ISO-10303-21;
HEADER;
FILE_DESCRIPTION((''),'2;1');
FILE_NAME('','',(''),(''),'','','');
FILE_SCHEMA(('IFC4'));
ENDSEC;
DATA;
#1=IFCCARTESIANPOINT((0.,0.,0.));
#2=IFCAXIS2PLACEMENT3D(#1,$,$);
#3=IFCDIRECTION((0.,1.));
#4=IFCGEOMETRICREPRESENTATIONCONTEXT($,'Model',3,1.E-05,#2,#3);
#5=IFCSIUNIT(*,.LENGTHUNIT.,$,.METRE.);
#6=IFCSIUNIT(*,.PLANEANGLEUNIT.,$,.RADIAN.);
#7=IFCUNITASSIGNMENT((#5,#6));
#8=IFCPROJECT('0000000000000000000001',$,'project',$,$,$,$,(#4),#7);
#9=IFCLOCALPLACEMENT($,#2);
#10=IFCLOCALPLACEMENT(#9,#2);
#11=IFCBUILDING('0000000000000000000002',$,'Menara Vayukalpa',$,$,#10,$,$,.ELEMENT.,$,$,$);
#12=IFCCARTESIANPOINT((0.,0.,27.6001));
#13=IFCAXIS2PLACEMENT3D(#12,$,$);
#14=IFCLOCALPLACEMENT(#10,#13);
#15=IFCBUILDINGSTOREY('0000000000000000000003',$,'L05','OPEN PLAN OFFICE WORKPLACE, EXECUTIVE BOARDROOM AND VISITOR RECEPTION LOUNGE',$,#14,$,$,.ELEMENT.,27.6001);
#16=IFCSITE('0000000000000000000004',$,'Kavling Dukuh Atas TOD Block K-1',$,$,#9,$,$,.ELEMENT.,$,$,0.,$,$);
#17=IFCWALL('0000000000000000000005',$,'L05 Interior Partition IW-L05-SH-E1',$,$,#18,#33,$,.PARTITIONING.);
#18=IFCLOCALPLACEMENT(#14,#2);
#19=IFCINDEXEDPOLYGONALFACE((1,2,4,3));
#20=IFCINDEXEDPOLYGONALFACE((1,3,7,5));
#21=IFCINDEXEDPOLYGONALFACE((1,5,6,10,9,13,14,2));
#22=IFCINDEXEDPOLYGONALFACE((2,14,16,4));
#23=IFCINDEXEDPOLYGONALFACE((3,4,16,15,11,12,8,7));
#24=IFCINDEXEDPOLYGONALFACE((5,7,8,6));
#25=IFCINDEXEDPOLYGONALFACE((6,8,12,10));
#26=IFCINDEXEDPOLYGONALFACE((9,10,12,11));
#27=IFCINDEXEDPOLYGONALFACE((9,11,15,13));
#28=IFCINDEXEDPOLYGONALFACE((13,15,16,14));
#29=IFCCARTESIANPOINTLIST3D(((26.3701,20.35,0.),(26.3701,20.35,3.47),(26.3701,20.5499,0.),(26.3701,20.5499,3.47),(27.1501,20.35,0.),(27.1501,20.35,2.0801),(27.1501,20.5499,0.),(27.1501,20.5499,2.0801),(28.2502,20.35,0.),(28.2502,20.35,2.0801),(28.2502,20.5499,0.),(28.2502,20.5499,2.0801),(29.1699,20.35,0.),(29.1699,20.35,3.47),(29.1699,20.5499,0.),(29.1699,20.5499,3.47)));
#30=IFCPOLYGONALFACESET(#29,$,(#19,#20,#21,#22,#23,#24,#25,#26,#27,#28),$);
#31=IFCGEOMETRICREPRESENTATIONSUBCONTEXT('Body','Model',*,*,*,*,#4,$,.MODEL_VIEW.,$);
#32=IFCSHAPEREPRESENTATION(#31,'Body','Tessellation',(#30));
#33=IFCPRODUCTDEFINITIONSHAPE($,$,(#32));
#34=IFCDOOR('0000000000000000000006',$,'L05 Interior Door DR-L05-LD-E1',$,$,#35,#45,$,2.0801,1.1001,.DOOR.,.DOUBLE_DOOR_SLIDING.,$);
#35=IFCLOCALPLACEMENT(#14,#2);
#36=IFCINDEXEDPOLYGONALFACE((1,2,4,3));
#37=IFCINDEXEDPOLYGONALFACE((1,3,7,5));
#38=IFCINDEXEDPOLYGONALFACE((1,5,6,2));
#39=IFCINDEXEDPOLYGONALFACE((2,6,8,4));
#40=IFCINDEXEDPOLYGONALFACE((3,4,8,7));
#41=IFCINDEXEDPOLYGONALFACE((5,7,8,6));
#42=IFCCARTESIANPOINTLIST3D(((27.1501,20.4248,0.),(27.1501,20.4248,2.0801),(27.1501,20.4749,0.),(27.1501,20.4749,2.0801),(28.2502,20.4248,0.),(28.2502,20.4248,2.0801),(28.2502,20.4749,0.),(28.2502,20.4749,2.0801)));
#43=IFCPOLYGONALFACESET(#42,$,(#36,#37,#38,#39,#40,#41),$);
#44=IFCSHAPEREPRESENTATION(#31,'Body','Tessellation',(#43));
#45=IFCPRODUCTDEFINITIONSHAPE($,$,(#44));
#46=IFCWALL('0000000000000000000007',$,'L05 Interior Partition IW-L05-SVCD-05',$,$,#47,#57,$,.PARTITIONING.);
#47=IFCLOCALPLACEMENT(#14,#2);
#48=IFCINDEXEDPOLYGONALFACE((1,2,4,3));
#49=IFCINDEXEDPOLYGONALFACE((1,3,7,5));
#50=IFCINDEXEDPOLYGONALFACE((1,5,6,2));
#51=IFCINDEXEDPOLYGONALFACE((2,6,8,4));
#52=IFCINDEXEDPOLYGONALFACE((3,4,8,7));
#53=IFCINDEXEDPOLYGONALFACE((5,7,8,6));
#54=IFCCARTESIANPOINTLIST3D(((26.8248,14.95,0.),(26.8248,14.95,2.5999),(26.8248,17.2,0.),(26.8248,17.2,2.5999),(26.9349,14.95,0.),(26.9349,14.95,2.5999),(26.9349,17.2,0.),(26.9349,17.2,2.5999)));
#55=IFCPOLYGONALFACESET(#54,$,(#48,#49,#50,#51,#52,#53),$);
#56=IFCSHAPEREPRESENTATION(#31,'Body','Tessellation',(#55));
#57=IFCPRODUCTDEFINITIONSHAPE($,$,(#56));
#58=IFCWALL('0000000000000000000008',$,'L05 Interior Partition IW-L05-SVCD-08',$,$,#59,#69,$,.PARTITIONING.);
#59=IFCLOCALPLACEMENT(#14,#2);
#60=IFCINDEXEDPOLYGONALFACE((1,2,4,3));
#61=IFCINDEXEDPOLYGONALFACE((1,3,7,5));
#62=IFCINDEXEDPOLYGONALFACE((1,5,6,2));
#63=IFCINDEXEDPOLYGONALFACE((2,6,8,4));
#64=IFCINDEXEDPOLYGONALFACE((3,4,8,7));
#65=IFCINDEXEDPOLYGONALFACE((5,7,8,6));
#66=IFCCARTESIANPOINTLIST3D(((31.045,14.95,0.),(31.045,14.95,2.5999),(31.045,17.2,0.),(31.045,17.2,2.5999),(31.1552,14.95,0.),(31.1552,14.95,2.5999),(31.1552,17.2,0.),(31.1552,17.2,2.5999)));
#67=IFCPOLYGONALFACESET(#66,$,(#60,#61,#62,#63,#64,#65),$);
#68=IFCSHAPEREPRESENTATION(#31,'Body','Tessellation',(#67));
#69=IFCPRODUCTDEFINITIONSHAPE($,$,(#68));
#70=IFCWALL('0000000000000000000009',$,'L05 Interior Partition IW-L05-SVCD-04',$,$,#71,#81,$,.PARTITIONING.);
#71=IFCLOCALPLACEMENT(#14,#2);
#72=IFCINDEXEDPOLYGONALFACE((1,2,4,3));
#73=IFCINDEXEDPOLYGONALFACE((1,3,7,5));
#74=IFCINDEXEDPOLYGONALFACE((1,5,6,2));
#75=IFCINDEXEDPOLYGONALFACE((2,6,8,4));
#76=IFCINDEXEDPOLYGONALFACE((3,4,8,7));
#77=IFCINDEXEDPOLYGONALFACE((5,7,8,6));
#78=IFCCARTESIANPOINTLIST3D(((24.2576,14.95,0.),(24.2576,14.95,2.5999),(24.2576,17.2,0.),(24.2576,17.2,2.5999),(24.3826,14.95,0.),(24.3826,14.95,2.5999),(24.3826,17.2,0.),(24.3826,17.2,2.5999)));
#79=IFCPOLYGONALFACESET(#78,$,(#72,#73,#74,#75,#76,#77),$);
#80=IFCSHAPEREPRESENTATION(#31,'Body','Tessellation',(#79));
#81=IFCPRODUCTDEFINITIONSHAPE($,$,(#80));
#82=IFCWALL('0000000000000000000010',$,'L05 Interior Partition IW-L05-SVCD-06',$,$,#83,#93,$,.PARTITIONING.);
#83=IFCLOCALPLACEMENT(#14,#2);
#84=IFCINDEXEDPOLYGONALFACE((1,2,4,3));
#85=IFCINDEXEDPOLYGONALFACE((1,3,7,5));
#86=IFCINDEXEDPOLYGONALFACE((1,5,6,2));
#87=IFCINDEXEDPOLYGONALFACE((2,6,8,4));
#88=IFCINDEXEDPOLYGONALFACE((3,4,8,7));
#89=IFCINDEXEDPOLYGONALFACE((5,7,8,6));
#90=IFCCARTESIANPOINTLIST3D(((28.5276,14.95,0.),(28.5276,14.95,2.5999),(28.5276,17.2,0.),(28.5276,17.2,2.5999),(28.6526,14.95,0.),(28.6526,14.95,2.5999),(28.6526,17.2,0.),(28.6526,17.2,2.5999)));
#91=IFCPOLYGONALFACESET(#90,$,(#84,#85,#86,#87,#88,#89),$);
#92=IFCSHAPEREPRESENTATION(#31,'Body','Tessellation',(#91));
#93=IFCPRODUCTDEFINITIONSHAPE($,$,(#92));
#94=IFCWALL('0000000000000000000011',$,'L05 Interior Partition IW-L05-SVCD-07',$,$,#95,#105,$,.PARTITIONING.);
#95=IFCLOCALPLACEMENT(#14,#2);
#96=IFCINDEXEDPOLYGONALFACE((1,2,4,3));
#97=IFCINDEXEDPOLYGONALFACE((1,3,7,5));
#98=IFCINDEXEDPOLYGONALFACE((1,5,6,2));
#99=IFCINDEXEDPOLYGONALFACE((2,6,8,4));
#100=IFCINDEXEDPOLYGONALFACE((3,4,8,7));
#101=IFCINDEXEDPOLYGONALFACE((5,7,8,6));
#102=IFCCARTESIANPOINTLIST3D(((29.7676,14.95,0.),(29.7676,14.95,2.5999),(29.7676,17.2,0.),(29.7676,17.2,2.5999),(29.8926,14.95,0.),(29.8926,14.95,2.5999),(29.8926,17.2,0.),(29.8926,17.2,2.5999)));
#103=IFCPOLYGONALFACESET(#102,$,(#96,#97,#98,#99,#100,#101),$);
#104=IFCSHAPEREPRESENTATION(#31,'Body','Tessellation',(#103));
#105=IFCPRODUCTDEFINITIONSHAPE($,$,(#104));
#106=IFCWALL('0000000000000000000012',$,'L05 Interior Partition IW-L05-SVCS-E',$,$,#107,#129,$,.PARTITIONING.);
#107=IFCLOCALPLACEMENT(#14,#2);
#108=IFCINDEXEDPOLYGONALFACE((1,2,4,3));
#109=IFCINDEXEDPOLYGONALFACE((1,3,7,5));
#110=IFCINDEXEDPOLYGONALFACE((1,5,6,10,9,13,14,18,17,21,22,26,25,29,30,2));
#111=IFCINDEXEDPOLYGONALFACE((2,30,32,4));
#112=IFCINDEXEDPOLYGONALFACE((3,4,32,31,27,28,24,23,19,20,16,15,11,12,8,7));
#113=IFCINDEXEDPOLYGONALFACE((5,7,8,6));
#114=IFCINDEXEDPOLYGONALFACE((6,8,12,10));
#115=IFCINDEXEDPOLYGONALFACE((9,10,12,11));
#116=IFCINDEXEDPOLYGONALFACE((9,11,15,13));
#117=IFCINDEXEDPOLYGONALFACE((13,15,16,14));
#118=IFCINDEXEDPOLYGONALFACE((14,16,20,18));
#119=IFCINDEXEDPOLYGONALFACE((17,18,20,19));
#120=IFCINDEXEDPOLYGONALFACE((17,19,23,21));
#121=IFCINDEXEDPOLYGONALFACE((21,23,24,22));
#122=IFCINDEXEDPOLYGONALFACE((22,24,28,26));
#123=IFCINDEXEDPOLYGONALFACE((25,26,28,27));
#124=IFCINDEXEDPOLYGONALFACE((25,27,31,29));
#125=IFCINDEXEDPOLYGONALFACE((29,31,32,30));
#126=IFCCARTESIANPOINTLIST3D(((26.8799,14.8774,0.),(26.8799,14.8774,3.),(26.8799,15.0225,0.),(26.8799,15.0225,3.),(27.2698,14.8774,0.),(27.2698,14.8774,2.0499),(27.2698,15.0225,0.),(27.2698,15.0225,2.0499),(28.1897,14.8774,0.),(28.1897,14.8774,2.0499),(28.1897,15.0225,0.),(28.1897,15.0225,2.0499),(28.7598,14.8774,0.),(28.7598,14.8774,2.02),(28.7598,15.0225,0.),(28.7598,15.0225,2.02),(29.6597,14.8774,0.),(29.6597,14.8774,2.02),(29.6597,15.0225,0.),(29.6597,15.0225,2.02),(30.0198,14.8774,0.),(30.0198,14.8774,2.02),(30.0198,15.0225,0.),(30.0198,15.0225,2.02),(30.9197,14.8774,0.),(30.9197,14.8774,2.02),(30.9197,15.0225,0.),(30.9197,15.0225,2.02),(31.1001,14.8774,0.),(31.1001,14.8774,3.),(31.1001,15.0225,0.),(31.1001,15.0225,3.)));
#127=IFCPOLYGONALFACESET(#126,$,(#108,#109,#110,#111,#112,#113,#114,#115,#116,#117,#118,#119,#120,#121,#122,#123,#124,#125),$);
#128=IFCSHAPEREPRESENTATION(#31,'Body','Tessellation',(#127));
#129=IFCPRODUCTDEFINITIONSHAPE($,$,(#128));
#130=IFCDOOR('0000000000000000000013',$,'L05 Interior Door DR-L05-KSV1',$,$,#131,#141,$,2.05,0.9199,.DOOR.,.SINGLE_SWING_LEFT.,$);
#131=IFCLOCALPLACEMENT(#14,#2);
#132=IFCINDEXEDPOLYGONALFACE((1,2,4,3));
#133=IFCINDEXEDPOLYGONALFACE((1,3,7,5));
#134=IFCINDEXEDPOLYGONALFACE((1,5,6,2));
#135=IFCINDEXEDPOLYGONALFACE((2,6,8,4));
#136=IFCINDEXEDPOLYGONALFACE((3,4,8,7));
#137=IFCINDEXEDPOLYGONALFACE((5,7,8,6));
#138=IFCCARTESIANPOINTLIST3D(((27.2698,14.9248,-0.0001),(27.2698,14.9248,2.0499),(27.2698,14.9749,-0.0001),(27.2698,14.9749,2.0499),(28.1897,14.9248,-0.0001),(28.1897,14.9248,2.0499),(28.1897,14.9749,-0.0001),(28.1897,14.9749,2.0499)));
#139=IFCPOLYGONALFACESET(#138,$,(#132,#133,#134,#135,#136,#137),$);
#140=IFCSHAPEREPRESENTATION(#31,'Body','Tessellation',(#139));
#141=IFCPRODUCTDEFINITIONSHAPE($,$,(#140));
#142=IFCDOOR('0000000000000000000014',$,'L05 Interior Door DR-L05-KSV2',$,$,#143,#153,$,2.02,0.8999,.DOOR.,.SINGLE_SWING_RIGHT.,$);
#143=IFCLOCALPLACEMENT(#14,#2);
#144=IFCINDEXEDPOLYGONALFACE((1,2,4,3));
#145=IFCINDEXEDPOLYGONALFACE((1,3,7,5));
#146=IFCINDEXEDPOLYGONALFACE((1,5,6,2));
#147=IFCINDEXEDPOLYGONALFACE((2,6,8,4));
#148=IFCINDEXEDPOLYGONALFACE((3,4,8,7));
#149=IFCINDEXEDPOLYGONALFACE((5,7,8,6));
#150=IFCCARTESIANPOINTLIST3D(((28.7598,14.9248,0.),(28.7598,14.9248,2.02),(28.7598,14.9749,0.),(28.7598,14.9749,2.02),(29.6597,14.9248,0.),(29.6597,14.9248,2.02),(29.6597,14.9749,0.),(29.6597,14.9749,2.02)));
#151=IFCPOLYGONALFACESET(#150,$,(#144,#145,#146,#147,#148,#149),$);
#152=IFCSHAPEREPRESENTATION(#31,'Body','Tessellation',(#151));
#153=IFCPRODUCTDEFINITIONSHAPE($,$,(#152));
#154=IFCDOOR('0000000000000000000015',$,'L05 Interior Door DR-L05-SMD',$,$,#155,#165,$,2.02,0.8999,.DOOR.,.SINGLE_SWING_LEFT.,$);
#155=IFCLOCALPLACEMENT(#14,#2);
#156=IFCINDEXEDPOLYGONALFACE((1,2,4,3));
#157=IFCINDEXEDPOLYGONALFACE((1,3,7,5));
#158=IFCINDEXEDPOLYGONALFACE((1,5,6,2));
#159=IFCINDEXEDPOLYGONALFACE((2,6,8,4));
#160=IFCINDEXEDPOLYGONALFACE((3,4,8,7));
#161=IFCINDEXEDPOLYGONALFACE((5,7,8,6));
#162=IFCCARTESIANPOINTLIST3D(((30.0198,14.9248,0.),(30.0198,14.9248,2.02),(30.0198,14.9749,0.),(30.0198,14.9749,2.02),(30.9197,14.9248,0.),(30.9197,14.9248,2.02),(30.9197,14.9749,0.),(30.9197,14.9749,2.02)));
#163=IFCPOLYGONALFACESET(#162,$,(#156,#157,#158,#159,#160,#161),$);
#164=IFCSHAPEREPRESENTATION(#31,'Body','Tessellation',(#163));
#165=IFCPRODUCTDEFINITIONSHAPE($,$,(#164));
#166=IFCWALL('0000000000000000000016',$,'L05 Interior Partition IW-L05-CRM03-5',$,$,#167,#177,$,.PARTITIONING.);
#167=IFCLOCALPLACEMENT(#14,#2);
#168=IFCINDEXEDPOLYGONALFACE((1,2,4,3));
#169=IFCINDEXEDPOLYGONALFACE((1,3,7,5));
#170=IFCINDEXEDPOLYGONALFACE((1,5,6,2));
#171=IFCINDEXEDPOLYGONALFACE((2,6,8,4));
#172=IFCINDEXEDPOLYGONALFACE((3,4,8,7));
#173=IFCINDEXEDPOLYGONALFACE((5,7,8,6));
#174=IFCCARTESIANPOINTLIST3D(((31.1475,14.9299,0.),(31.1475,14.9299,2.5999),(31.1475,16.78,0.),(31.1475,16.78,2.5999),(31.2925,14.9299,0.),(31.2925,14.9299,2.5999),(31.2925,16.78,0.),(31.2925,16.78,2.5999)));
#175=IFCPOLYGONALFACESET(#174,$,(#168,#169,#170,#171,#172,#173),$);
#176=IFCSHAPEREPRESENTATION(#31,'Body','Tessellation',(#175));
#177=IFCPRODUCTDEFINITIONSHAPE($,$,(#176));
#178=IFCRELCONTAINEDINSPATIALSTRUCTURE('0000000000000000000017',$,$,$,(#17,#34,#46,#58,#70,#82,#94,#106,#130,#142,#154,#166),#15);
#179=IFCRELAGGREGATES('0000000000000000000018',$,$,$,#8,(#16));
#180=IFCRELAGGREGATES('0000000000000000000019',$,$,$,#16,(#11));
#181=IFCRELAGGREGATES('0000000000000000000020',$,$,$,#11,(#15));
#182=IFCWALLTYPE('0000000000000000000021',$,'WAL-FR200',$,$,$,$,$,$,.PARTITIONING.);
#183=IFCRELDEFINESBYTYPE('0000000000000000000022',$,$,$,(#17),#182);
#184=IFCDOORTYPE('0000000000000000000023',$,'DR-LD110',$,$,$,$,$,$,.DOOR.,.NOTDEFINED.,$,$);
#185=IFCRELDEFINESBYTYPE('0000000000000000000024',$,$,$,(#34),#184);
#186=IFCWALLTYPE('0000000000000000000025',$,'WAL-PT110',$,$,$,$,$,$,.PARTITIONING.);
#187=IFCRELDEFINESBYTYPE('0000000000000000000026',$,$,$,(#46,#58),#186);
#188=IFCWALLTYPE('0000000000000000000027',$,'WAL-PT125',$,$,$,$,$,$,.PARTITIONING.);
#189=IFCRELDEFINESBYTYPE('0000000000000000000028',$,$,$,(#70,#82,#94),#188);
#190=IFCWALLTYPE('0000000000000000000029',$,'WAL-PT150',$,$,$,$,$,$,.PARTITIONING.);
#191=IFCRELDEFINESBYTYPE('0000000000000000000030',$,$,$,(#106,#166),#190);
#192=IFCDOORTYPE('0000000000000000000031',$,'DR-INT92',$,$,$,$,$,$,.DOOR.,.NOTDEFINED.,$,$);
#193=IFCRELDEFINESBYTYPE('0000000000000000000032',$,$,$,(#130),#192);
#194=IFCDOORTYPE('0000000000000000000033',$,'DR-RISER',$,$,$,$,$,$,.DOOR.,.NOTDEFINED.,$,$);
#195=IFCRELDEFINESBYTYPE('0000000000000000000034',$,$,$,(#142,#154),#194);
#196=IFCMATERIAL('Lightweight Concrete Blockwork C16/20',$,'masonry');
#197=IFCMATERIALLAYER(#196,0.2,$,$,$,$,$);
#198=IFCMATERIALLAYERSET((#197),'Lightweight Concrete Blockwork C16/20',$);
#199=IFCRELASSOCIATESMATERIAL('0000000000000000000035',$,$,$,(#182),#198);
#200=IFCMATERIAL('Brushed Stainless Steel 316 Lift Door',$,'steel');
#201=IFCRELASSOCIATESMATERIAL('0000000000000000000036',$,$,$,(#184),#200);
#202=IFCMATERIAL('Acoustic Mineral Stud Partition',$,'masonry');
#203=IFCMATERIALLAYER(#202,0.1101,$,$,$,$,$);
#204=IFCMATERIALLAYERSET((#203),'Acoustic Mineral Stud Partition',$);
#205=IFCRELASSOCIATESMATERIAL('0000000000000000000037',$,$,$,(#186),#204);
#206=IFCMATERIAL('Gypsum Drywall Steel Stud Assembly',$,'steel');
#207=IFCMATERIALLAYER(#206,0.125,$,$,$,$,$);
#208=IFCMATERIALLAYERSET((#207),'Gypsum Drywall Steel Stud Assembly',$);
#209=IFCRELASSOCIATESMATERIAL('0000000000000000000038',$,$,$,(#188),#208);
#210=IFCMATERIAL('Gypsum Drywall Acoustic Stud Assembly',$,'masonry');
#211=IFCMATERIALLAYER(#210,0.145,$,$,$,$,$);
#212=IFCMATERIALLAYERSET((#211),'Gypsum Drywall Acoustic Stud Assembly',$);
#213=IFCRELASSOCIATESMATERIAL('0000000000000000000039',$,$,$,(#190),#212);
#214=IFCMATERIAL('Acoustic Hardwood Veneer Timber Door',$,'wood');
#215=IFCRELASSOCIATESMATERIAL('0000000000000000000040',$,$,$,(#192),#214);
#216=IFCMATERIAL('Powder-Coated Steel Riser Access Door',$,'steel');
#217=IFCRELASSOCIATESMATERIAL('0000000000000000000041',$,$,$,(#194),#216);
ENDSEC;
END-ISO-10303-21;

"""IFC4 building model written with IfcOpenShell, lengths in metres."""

from ifc_helpers import new_model, si_unit, direction, frame, frame_2d, origin, place, context, subcontext, project, spatial, rectangle, extrude, material, layer, layer_set, type_object, element, fill, save


model = new_model("IFC4")

# Units and contexts
model_context = context("Model", 3, precision=1e-05, world=origin(), true_north=direction((0.0, 1.0)))
body_context = subcontext(model_context, "Body", "Model", "MODEL_VIEW")
ifc_project = project(units=[si_unit("LENGTHUNIT", "METRE"), si_unit("PLANEANGLEUNIT", "RADIAN")], contexts=[model_context])

# Site, building, storey
site_placement = place(None, origin())
site = spatial("IfcSite", under=ifc_project, at=site_placement, Name="Kavling Dukuh Atas TOD Block K-1", CompositionType="ELEMENT", RefElevation=0.0)
building_placement = place(site_placement, origin())
building = spatial("IfcBuilding", under=site, at=building_placement, Name="Menara Vayukalpa", CompositionType="ELEMENT")
storey_placement = place(building_placement, frame((0.0, 0.0, 27.6001)))
storey = spatial("IfcBuildingStorey", under=building, at=storey_placement, Name="L05", Description="OPEN PLAN OFFICE WORKPLACE, EXECUTIVE BOARDROOM AND VISITOR RECEPTION LOUNGE", CompositionType="ELEMENT", Elevation=27.6001)

# Wall, opening, door
ifc_material_1 = material(Name="Lightweight Concrete Blockwork C16/20", Category="masonry")
ifc_layer_1 = layer(ifc_material_1, 0.2)
ifc_layer_set_1 = layer_set([ifc_layer_1], Name="Lightweight Concrete Blockwork C16/20")
wall_type_1 = type_object("IfcWallType", Name="WAL-FR200", PredefinedType="PARTITIONING", material=ifc_layer_set_1)
wall_1_placement = place(storey_placement, frame((26.3701, 20.45, 0.0), z_axis=(0.0, 0.0, 1.0), x_axis=(1.0, 0.0, 0.0)))
wall_1 = element("IfcWall", 1, at=wall_1_placement, inside=storey, type_object=wall_type_1, Name="L05 Interior Partition IW-L05-SH-E1", PredefinedType="PARTITIONING", context=body_context, shape_type="SweptSolid", body=[
    extrude(rectangle(XDim=2.7998, YDim=0.2, at=frame_2d((1.3999, 0.0))), origin(), (0.0, 0.0, 1.0), 3.47),
])
opening_1_placement = place(wall_1_placement, frame((0.78, 0.0, 0.0)))
opening_1 = element("IfcOpeningElement", 2, at=opening_1_placement, cuts=wall_1, PredefinedType="OPENING", context=body_context, shape_type="SweptSolid", body=[
    extrude(rectangle(XDim=1.1001, YDim=2.0801, at=frame_2d((0.55, 1.04))), frame((0.0, 0.1099, 0.0), z_axis=(0.0, -1.0, 0.0), x_axis=(1.0, 0.0, 0.0)), (0.0, 0.0, 1.0), 0.22),
])
ifc_material_2 = material(Name="Brushed Stainless Steel 316 Lift Door", Category="steel")
door_type_1 = type_object("IfcDoorType", Name="DR-LD110", OperationType="NOTDEFINED", PredefinedType="DOOR", material=ifc_material_2)
door_1_placement = place(opening_1_placement, origin())
door_1 = element("IfcDoor", 3, at=door_1_placement, inside=storey, type_object=door_type_1, Name="L05 Interior Door DR-L05-LD-E1", OperationType="DOUBLE_DOOR_SLIDING", OverallHeight=2.0801, OverallWidth=1.1001, PredefinedType="DOOR", context=body_context, shape_type="SweptSolid", body=[
    extrude(rectangle(XDim=1.1001, YDim=2.0801, at=frame_2d((0.55, 1.04))), frame((0.0, 0.0249, 0.0), z_axis=(0.0, -1.0, 0.0), x_axis=(1.0, 0.0, 0.0)), (0.0, 0.0, 1.0), 0.05),
])
fill(opening_1, door_1)

# Walls
ifc_material_3 = material(Name="Acoustic Mineral Stud Partition", Category="masonry")
ifc_layer_2 = layer(ifc_material_3, 0.1101)
ifc_layer_set_2 = layer_set([ifc_layer_2], Name="Acoustic Mineral Stud Partition")
wall_type_2 = type_object("IfcWallType", Name="WAL-PT110", PredefinedType="PARTITIONING", material=ifc_layer_set_2)
for number, where, z_axis, x_axis, name in (
    (4, (26.8799, 14.95, 0.0), (0.0, 0.0, 1.0), (0.0, 1.0, 0.0), "L05 Interior Partition IW-L05-SVCD-05"),
    (5, (31.1001, 14.95, 0.0), (0.0, 0.0, 1.0), (0.0, 1.0, 0.0), "L05 Interior Partition IW-L05-SVCD-08"),
):
    element("IfcWall", number, at=place(storey_placement, frame(where, z_axis=z_axis, x_axis=x_axis)), inside=storey, type_object=wall_type_2, Name=name, PredefinedType="PARTITIONING", context=body_context, shape_type="SweptSolid", body=[
        extrude(rectangle(XDim=2.25, YDim=0.1101, at=frame_2d((1.125, 0.0))), origin(), (0.0, 0.0, 1.0), 2.5999),
    ])
ifc_material_4 = material(Name="Gypsum Drywall Steel Stud Assembly", Category="steel")
ifc_layer_3 = layer(ifc_material_4, 0.125)
ifc_layer_set_3 = layer_set([ifc_layer_3], Name="Gypsum Drywall Steel Stud Assembly")
wall_type_3 = type_object("IfcWallType", Name="WAL-PT125", PredefinedType="PARTITIONING", material=ifc_layer_set_3)
for number, where, z_axis, x_axis, name in (
    (6, (24.3201, 14.95, 0.0), (0.0, 0.0, 1.0), (0.0, 1.0, 0.0), "L05 Interior Partition IW-L05-SVCD-04"),
    (7, (28.5901, 14.95, 0.0), (0.0, 0.0, 1.0), (0.0, 1.0, 0.0), "L05 Interior Partition IW-L05-SVCD-06"),
    (8, (29.8301, 14.95, 0.0), (0.0, 0.0, 1.0), (0.0, 1.0, 0.0), "L05 Interior Partition IW-L05-SVCD-07"),
):
    element("IfcWall", number, at=place(storey_placement, frame(where, z_axis=z_axis, x_axis=x_axis)), inside=storey, type_object=wall_type_3, Name=name, PredefinedType="PARTITIONING", context=body_context, shape_type="SweptSolid", body=[
        extrude(rectangle(XDim=2.25, YDim=0.125, at=frame_2d((1.125, 0.0))), origin(), (0.0, 0.0, 1.0), 2.5999),
    ])

# Wall, openings, doors
ifc_material_5 = material(Name="Gypsum Drywall Acoustic Stud Assembly", Category="masonry")
ifc_layer_4 = layer(ifc_material_5, 0.145)
ifc_layer_set_4 = layer_set([ifc_layer_4], Name="Gypsum Drywall Acoustic Stud Assembly")
wall_type_4 = type_object("IfcWallType", Name="WAL-PT150", PredefinedType="PARTITIONING", material=ifc_layer_set_4)
wall_2_placement = place(storey_placement, frame((26.8799, 14.95, 0.0), z_axis=(0.0, 0.0, 1.0), x_axis=(1.0, 0.0, 0.0)))
wall_2 = element("IfcWall", 9, at=wall_2_placement, inside=storey, type_object=wall_type_4, Name="L05 Interior Partition IW-L05-SVCS-E", PredefinedType="PARTITIONING", context=body_context, shape_type="SweptSolid", body=[
    extrude(rectangle(XDim=4.2202, YDim=0.145, at=frame_2d((2.1101, 0.0))), origin(), (0.0, 0.0, 1.0), 3.0),
])
opening_2_placement = place(wall_2_placement, frame((0.3899, 0.0, 0.0)))
opening_2 = element("IfcOpeningElement", 10, at=opening_2_placement, cuts=wall_2, PredefinedType="OPENING", context=body_context, shape_type="SweptSolid", body=[
    extrude(rectangle(XDim=0.9199, YDim=2.05, at=frame_2d((0.46, 1.0249))), frame((0.0, 0.0825, 0.0), z_axis=(0.0, -1.0, 0.0), x_axis=(1.0, 0.0, 0.0)), (0.0, 0.0, 1.0), 0.165),
])
opening_3_placement = place(wall_2_placement, frame((1.8799, 0.0, 0.0)))
opening_3 = element("IfcOpeningElement", 11, at=opening_3_placement, cuts=wall_2, PredefinedType="OPENING", context=body_context, shape_type="SweptSolid", body=[
    extrude(rectangle(XDim=0.8999, YDim=2.02, at=frame_2d((0.45, 1.01))), frame((0.0, 0.0825, 0.0), z_axis=(0.0, -1.0, 0.0), x_axis=(1.0, 0.0, 0.0)), (0.0, 0.0, 1.0), 0.165),
])
opening_4_placement = place(wall_2_placement, frame((3.1399, 0.0, 0.0)))
opening_4 = element("IfcOpeningElement", 12, at=opening_4_placement, cuts=wall_2, PredefinedType="OPENING", context=body_context, shape_type="SweptSolid", body=[
    extrude(rectangle(XDim=0.8999, YDim=2.02, at=frame_2d((0.45, 1.01))), frame((0.0, 0.0825, 0.0), z_axis=(0.0, -1.0, 0.0), x_axis=(1.0, 0.0, 0.0)), (0.0, 0.0, 1.0), 0.165),
])
ifc_material_6 = material(Name="Acoustic Hardwood Veneer Timber Door", Category="wood")
door_type_2 = type_object("IfcDoorType", Name="DR-INT92", OperationType="NOTDEFINED", PredefinedType="DOOR", material=ifc_material_6)
door_2_placement = place(opening_2_placement, origin())
door_2 = element("IfcDoor", 13, at=door_2_placement, inside=storey, type_object=door_type_2, Name="L05 Interior Door DR-L05-KSV1", OperationType="SINGLE_SWING_LEFT", OverallHeight=2.05, OverallWidth=0.9199, PredefinedType="DOOR", context=body_context, shape_type="SweptSolid", body=[
    extrude(rectangle(XDim=0.9199, YDim=2.05, at=frame_2d((0.46, 1.0249))), frame((0.0, 0.0249, 0.0), z_axis=(0.0, -1.0, 0.0), x_axis=(1.0, 0.0, 0.0)), (0.0, 0.0, 1.0), 0.05),
])
fill(opening_2, door_2)
ifc_material_7 = material(Name="Powder-Coated Steel Riser Access Door", Category="steel")
door_type_3 = type_object("IfcDoorType", Name="DR-RISER", OperationType="NOTDEFINED", PredefinedType="DOOR", material=ifc_material_7)
door_3_placement = place(opening_3_placement, origin())
door_3 = element("IfcDoor", 14, at=door_3_placement, inside=storey, type_object=door_type_3, Name="L05 Interior Door DR-L05-KSV2", OperationType="SINGLE_SWING_RIGHT", OverallHeight=2.02, OverallWidth=0.8999, PredefinedType="DOOR", context=body_context, shape_type="SweptSolid", body=[
    extrude(rectangle(XDim=0.8999, YDim=2.02, at=frame_2d((0.45, 1.01))), frame((0.0, 0.0249, 0.0), z_axis=(0.0, -1.0, 0.0), x_axis=(1.0, 0.0, 0.0)), (0.0, 0.0, 1.0), 0.05),
])
fill(opening_3, door_3)
door_4_placement = place(opening_4_placement, origin())
door_4 = element("IfcDoor", 15, at=door_4_placement, inside=storey, type_object=door_type_3, Name="L05 Interior Door DR-L05-SMD", OperationType="SINGLE_SWING_LEFT", OverallHeight=2.02, OverallWidth=0.8999, PredefinedType="DOOR", context=body_context, shape_type="SweptSolid", body=[
    extrude(rectangle(XDim=0.8999, YDim=2.02, at=frame_2d((0.45, 1.01))), frame((0.0, 0.0249, 0.0), z_axis=(0.0, -1.0, 0.0), x_axis=(1.0, 0.0, 0.0)), (0.0, 0.0, 1.0), 0.05),
])
fill(opening_4, door_4)

# Wall
wall_3_placement = place(storey_placement, frame((31.22, 14.9299, 0.0), z_axis=(0.0, 0.0, 1.0), x_axis=(0.0, 1.0, 0.0)))
element("IfcWall", 16, at=wall_3_placement, inside=storey, type_object=wall_type_4, Name="L05 Interior Partition IW-L05-CRM03-5", PredefinedType="PARTITIONING", context=body_context, shape_type="SweptSolid", body=[
    extrude(rectangle(XDim=1.8501, YDim=0.145, at=frame_2d((0.925, 0.0))), origin(), (0.0, 0.0, 1.0), 2.5999),
])

save(model, "model.ifc")
